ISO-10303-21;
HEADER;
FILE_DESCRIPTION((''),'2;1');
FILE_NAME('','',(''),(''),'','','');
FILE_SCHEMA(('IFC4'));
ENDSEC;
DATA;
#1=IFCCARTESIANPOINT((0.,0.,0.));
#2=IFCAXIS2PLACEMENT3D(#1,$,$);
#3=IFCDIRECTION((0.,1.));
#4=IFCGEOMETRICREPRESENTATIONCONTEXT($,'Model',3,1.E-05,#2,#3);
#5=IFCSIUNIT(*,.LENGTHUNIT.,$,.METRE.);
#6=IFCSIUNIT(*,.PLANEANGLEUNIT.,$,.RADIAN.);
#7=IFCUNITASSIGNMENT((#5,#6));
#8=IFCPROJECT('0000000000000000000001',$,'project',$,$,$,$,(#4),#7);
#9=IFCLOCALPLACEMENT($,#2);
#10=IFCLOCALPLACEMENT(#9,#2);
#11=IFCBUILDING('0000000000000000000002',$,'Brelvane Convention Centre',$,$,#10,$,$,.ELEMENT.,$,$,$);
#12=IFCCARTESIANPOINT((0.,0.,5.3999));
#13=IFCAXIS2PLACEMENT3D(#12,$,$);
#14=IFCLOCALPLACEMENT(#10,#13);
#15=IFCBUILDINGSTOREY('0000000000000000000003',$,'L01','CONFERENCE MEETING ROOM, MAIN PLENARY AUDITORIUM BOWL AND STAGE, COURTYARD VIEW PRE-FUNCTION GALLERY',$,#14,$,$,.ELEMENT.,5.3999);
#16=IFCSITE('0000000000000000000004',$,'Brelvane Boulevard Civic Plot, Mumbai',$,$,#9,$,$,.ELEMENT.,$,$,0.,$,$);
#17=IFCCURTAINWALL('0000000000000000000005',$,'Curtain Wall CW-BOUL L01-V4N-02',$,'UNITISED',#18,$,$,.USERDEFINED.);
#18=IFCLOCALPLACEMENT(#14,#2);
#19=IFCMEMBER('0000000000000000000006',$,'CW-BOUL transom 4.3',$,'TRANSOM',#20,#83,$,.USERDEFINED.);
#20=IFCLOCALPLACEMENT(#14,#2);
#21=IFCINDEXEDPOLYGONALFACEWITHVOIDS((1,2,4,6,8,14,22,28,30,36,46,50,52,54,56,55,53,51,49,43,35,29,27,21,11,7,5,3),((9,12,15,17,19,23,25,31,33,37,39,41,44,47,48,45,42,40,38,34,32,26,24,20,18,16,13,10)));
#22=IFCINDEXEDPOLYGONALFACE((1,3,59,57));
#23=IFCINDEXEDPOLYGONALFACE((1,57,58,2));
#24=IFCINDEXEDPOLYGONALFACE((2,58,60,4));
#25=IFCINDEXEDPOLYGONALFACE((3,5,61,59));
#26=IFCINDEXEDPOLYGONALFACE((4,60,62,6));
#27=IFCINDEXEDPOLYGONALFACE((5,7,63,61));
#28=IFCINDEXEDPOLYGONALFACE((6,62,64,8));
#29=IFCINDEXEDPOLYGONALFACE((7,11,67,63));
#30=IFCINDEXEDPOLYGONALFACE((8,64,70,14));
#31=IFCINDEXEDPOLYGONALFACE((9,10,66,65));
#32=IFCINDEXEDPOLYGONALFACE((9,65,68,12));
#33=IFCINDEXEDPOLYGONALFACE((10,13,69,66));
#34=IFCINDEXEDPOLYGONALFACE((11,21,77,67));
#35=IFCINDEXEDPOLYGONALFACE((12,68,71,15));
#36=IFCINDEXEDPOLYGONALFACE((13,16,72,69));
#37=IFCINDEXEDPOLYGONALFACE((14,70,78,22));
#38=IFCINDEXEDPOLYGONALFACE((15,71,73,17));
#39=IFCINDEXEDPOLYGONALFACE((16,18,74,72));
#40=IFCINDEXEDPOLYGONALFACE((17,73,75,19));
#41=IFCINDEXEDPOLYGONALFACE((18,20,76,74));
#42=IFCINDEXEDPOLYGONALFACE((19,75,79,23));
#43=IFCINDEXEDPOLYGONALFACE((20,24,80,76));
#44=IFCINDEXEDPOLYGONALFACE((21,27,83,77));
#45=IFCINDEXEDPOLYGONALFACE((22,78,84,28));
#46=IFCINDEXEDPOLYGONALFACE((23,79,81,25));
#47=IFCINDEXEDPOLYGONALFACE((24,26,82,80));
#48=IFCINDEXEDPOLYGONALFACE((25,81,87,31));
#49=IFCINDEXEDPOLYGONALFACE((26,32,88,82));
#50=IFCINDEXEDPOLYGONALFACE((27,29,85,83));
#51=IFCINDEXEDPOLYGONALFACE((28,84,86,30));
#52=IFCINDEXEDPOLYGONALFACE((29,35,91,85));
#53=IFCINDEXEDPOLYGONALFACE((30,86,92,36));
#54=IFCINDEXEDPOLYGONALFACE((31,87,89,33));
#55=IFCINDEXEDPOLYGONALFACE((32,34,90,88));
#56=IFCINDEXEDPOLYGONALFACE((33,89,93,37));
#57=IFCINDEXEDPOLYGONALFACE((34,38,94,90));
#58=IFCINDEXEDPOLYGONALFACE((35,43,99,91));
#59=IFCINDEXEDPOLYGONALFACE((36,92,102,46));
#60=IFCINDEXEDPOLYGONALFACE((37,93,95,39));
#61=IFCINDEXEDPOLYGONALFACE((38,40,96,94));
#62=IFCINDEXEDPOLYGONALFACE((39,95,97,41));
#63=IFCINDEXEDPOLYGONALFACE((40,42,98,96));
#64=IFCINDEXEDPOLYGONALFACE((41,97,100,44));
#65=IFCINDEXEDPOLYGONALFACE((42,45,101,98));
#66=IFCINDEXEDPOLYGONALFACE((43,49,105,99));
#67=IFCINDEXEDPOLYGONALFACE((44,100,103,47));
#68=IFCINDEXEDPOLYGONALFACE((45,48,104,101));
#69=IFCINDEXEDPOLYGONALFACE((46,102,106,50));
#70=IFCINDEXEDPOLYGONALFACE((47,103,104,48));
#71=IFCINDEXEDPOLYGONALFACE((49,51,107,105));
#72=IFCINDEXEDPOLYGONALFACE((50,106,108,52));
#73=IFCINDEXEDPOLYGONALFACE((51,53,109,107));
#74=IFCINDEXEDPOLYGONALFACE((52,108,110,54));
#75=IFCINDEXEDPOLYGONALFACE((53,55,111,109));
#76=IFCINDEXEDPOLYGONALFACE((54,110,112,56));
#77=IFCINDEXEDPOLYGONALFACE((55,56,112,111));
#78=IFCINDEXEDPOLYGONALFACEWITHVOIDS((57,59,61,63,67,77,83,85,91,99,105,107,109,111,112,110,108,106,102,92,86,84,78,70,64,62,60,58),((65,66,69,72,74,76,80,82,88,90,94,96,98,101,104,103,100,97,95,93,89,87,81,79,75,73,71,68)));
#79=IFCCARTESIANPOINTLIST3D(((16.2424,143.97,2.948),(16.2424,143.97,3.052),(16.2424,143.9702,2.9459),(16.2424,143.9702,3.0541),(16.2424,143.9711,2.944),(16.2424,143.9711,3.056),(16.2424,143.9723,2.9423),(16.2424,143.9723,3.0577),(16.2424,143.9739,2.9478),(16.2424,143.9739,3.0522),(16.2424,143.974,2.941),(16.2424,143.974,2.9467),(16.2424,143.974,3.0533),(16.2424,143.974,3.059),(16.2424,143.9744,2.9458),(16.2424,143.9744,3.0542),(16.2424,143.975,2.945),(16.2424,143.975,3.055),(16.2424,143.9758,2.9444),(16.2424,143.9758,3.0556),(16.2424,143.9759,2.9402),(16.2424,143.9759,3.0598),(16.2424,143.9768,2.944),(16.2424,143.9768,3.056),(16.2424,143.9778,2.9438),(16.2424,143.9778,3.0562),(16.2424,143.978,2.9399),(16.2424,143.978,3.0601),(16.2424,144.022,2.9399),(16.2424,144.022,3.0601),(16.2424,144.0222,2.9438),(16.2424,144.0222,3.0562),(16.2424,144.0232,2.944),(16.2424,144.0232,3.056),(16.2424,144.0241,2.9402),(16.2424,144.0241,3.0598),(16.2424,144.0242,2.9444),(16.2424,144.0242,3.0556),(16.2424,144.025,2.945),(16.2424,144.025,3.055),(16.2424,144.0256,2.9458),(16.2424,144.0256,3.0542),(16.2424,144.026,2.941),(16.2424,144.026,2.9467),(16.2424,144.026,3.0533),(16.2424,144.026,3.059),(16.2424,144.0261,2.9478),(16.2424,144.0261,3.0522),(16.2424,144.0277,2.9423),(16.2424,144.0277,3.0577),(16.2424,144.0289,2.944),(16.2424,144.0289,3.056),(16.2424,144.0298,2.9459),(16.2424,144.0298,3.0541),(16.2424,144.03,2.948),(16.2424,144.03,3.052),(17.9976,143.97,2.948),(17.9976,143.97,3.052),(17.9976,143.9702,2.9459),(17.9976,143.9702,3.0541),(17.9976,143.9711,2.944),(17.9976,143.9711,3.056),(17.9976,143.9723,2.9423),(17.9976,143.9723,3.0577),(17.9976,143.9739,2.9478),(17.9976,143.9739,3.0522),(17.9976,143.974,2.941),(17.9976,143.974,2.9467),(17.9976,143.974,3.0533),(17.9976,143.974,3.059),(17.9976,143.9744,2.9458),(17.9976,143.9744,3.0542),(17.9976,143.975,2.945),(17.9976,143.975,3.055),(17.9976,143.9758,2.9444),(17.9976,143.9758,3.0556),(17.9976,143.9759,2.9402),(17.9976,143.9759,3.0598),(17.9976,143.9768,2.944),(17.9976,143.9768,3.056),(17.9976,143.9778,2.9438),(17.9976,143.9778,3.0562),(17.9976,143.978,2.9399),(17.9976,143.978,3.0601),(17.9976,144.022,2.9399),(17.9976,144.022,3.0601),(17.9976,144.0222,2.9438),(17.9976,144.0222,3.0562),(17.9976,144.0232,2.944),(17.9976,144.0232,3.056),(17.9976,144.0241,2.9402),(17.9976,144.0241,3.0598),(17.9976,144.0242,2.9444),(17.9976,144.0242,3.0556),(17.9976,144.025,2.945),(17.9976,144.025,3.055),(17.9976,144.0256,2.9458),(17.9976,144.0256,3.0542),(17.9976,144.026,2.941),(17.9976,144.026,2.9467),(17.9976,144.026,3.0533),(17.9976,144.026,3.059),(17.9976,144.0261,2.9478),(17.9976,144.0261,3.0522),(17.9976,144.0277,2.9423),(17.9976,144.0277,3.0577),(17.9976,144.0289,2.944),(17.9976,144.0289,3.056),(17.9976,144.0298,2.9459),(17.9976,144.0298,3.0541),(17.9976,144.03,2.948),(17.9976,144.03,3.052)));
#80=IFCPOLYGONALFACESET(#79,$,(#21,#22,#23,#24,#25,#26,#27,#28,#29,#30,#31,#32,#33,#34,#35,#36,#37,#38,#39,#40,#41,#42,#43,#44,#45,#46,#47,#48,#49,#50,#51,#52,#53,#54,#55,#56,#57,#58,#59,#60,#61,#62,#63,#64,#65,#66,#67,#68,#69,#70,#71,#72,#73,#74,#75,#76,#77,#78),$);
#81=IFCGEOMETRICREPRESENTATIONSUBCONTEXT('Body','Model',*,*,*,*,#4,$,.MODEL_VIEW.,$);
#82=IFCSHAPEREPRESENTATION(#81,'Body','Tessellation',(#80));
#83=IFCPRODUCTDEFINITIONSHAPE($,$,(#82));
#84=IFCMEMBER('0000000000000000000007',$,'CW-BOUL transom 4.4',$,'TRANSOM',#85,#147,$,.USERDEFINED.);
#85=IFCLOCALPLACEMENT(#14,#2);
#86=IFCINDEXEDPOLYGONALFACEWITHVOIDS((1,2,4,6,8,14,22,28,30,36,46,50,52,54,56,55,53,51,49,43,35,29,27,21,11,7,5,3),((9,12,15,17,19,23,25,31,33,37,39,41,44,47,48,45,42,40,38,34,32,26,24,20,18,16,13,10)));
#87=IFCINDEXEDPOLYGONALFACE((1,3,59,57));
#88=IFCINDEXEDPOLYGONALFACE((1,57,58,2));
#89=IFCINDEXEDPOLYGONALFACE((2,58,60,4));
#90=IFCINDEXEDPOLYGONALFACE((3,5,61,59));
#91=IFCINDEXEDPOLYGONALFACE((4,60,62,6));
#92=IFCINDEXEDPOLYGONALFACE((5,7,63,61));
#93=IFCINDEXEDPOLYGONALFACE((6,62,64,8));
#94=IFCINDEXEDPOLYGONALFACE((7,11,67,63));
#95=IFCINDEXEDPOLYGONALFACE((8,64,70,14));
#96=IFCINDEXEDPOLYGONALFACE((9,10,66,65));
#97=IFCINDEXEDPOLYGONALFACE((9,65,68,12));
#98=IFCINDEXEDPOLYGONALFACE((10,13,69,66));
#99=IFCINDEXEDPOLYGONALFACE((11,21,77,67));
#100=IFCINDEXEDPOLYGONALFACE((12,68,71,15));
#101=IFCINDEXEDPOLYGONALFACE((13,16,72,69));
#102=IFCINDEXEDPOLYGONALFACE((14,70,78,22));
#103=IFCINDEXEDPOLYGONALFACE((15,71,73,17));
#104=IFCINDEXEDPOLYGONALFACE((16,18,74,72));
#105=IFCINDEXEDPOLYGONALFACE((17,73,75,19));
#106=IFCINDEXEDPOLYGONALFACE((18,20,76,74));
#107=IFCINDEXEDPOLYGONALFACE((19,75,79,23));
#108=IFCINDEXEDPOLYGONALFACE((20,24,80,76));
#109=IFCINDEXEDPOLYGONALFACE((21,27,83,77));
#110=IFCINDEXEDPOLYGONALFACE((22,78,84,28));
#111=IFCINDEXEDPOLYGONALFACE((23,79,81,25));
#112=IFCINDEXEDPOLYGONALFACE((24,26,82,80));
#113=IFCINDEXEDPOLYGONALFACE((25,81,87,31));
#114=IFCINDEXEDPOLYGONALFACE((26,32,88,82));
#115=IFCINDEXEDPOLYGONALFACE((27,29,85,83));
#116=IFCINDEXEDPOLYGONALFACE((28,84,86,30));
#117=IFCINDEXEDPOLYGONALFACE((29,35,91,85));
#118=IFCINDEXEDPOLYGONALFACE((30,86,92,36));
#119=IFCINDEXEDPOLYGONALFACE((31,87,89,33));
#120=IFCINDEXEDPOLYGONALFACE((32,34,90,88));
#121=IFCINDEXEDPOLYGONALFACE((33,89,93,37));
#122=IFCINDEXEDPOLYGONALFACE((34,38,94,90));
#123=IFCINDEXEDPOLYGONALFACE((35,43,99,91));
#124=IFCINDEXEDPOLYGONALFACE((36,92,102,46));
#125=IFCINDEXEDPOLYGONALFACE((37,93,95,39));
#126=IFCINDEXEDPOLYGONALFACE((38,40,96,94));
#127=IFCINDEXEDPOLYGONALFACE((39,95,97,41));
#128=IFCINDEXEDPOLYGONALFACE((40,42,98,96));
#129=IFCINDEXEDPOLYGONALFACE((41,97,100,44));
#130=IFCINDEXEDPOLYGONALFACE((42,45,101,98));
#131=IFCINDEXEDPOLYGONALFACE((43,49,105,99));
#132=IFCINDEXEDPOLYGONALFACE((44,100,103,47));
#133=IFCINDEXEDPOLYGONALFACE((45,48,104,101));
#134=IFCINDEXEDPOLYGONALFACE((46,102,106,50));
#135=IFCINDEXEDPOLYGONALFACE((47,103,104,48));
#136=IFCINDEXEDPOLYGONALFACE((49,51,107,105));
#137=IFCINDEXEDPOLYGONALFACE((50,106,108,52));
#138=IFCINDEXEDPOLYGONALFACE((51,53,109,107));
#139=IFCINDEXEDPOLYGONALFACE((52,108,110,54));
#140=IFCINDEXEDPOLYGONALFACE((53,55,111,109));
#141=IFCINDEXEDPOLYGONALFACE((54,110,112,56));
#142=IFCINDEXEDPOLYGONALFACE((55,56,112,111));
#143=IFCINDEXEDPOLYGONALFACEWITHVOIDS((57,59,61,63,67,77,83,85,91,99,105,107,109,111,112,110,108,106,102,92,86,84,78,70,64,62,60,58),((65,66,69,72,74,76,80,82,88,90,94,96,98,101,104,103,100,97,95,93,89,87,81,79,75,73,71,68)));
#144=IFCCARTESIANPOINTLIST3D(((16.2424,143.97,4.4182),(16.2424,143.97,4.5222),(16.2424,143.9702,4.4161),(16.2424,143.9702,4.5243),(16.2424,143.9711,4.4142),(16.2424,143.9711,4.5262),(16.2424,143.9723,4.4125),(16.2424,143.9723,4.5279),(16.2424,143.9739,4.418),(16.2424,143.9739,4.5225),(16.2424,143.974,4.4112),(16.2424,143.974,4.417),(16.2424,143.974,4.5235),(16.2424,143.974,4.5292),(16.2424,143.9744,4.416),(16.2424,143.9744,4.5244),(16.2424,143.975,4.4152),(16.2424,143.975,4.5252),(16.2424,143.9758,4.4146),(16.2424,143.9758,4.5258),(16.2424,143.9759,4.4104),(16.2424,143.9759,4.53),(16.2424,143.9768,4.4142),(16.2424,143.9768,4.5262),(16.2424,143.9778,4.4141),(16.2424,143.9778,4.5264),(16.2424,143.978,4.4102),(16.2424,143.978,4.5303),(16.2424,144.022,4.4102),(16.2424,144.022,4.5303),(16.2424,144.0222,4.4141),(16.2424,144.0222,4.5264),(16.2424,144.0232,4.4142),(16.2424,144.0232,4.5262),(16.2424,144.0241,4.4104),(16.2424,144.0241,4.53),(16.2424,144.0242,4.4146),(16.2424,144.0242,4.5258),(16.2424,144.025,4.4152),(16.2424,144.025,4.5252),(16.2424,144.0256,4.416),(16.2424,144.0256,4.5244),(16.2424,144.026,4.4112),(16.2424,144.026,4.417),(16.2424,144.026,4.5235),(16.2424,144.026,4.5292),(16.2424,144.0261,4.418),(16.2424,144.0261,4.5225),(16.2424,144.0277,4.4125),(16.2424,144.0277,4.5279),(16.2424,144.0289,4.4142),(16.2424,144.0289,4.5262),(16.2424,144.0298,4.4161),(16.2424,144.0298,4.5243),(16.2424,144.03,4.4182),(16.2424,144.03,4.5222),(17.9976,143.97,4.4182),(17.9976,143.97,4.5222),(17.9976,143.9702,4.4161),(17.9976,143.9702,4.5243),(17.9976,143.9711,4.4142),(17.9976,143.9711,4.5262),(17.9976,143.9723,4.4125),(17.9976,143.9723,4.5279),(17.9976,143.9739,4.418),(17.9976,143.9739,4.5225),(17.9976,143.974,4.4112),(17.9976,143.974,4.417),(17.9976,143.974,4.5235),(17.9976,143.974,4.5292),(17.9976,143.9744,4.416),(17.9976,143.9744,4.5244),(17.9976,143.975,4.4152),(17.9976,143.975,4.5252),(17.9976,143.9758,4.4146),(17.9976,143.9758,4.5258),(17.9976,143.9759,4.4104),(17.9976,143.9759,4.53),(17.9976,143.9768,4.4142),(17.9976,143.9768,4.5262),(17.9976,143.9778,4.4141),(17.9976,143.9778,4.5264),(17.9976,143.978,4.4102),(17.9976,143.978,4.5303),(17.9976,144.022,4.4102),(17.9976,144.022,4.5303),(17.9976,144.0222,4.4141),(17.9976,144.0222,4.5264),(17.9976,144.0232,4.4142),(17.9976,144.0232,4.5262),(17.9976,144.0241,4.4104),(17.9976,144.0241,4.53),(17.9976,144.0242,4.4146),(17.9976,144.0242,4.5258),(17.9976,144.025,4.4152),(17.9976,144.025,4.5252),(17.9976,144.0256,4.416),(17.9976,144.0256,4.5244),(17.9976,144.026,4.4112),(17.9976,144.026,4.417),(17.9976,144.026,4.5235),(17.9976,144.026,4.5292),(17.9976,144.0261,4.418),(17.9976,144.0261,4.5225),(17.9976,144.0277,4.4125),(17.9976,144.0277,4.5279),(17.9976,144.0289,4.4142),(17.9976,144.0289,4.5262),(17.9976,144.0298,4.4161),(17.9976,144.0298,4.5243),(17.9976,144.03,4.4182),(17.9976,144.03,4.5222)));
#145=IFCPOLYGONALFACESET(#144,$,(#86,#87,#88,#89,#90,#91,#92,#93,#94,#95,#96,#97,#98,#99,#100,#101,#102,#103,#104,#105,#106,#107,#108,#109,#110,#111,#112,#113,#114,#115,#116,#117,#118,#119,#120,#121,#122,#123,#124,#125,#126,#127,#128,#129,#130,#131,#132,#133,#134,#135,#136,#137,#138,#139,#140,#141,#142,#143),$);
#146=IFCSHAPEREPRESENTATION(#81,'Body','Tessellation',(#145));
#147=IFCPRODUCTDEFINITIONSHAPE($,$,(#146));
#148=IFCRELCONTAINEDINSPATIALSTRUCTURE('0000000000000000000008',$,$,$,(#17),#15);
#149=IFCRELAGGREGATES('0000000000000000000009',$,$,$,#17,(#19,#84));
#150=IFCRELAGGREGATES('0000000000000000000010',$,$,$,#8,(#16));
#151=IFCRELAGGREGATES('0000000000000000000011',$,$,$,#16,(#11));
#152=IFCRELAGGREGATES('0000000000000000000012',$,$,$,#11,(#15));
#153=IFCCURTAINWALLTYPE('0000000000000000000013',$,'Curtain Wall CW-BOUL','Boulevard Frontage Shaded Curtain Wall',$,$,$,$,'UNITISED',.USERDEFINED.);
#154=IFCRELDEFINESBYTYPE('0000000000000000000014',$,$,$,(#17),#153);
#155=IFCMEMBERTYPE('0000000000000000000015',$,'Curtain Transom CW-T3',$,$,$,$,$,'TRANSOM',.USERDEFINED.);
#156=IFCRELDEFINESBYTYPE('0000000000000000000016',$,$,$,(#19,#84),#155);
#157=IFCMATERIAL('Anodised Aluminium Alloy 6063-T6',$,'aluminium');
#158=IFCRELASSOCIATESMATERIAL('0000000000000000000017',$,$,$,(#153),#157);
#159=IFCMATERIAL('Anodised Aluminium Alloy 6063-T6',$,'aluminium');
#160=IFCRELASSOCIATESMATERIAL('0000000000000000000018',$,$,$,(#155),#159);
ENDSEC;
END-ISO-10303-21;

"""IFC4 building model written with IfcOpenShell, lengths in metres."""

from ifc_helpers import new_model, si_unit, direction, frame, origin, origin_2d, place, context, subcontext, project, spatial, hollow_rectangle, extrude, material, material_profile, profile_set, type_object, element, aggregate, save


model = new_model("IFC4")

# Units and contexts
model_context = context("Model", 3, precision=1e-05, world=origin(), true_north=direction((0.0, 1.0)))
body_context = subcontext(model_context, "Body", "Model", "MODEL_VIEW")
ifc_project = project(units=[si_unit("LENGTHUNIT", "METRE"), si_unit("PLANEANGLEUNIT", "RADIAN")], contexts=[model_context])

# Site, building, storey
site_placement = place(None, origin())
site = spatial("IfcSite", under=ifc_project, at=site_placement, Name="Brelvane Boulevard Civic Plot, Mumbai", CompositionType="ELEMENT", RefElevation=0.0)
building_placement = place(site_placement, origin())
building = spatial("IfcBuilding", under=site, at=building_placement, Name="Brelvane Convention Centre", CompositionType="ELEMENT")
storey_placement = place(building_placement, frame((0.0, 0.0, 5.3999)))
storey = spatial("IfcBuildingStorey", under=building, at=storey_placement, Name="L01", Description="CONFERENCE MEETING ROOM, MAIN PLENARY AUDITORIUM BOWL AND STAGE, COURTYARD VIEW PRE-FUNCTION GALLERY", CompositionType="ELEMENT", Elevation=5.3999)

# Curtain wall, members
ifc_material_1 = material(Name="Anodised Aluminium Alloy 6063-T6", Category="aluminium")
curtain_wall_type = type_object("IfcCurtainWallType", Name="Curtain Wall CW-BOUL", Description="Boulevard Frontage Shaded Curtain Wall", ElementType="UNITISED", PredefinedType="USERDEFINED", material=ifc_material_1)
curtain_wall_placement = place(storey_placement, origin())
curtain_wall = element("IfcCurtainWall", 1, at=curtain_wall_placement, inside=storey, type_object=curtain_wall_type, Name="Curtain Wall CW-BOUL L01-V4N-02", ObjectType="UNITISED", PredefinedType="USERDEFINED")
ifc_material_2 = material(Name="Anodised Aluminium Alloy 6063-T6", Category="aluminium")
ifc_material_profile_1 = material_profile(ifc_material_2, hollow_rectangle(XDim=0.0601, YDim=0.1201, WallThickness=0.0039, InnerFilletRadius=0.0039, OuterFilletRadius=0.0081, at=origin_2d()), Name="ALU-T 120x60x4.0")
ifc_profile_set_1 = profile_set([ifc_material_profile_1], Name="Anodised Aluminium Alloy 6063-T6")
member_type_1 = type_object("IfcMemberType", Name="Curtain Transom CW-T3", ElementType="TRANSOM", PredefinedType="USERDEFINED", material=ifc_profile_set_1)
member_1_placement = place(storey_placement, frame((16.2424, 144.0, 3.0), z_axis=(1.0, 0.0, 0.0), x_axis=(0.0, 1.0, 0.0)))
member_1 = element("IfcMember", 2, at=member_1_placement, type_object=member_type_1, Name="CW-BOUL transom 4.3", ObjectType="TRANSOM", PredefinedType="USERDEFINED", context=body_context, shape_type="SweptSolid", body=[
    extrude(hollow_rectangle(XDim=0.0601, YDim=0.1201, WallThickness=0.0039, InnerFilletRadius=0.0039, OuterFilletRadius=0.0081, at=origin_2d()), origin(), (0.0, 0.0, 1.0), 1.7551),
])
member_2_placement = place(storey_placement, frame((16.2424, 144.0, 4.4702), z_axis=(1.0, 0.0, 0.0), x_axis=(0.0, 1.0, 0.0)))
member_2 = element("IfcMember", 3, at=member_2_placement, type_object=member_type_1, Name="CW-BOUL transom 4.4", ObjectType="TRANSOM", PredefinedType="USERDEFINED", context=body_context, shape_type="SweptSolid", body=[
    extrude(hollow_rectangle(XDim=0.0601, YDim=0.1201, WallThickness=0.0039, InnerFilletRadius=0.0039, OuterFilletRadius=0.0081, at=origin_2d()), origin(), (0.0, 0.0, 1.0), 1.7551),
])

aggregate(curtain_wall, [member_1, member_2])

save(model, "model.ifc")
